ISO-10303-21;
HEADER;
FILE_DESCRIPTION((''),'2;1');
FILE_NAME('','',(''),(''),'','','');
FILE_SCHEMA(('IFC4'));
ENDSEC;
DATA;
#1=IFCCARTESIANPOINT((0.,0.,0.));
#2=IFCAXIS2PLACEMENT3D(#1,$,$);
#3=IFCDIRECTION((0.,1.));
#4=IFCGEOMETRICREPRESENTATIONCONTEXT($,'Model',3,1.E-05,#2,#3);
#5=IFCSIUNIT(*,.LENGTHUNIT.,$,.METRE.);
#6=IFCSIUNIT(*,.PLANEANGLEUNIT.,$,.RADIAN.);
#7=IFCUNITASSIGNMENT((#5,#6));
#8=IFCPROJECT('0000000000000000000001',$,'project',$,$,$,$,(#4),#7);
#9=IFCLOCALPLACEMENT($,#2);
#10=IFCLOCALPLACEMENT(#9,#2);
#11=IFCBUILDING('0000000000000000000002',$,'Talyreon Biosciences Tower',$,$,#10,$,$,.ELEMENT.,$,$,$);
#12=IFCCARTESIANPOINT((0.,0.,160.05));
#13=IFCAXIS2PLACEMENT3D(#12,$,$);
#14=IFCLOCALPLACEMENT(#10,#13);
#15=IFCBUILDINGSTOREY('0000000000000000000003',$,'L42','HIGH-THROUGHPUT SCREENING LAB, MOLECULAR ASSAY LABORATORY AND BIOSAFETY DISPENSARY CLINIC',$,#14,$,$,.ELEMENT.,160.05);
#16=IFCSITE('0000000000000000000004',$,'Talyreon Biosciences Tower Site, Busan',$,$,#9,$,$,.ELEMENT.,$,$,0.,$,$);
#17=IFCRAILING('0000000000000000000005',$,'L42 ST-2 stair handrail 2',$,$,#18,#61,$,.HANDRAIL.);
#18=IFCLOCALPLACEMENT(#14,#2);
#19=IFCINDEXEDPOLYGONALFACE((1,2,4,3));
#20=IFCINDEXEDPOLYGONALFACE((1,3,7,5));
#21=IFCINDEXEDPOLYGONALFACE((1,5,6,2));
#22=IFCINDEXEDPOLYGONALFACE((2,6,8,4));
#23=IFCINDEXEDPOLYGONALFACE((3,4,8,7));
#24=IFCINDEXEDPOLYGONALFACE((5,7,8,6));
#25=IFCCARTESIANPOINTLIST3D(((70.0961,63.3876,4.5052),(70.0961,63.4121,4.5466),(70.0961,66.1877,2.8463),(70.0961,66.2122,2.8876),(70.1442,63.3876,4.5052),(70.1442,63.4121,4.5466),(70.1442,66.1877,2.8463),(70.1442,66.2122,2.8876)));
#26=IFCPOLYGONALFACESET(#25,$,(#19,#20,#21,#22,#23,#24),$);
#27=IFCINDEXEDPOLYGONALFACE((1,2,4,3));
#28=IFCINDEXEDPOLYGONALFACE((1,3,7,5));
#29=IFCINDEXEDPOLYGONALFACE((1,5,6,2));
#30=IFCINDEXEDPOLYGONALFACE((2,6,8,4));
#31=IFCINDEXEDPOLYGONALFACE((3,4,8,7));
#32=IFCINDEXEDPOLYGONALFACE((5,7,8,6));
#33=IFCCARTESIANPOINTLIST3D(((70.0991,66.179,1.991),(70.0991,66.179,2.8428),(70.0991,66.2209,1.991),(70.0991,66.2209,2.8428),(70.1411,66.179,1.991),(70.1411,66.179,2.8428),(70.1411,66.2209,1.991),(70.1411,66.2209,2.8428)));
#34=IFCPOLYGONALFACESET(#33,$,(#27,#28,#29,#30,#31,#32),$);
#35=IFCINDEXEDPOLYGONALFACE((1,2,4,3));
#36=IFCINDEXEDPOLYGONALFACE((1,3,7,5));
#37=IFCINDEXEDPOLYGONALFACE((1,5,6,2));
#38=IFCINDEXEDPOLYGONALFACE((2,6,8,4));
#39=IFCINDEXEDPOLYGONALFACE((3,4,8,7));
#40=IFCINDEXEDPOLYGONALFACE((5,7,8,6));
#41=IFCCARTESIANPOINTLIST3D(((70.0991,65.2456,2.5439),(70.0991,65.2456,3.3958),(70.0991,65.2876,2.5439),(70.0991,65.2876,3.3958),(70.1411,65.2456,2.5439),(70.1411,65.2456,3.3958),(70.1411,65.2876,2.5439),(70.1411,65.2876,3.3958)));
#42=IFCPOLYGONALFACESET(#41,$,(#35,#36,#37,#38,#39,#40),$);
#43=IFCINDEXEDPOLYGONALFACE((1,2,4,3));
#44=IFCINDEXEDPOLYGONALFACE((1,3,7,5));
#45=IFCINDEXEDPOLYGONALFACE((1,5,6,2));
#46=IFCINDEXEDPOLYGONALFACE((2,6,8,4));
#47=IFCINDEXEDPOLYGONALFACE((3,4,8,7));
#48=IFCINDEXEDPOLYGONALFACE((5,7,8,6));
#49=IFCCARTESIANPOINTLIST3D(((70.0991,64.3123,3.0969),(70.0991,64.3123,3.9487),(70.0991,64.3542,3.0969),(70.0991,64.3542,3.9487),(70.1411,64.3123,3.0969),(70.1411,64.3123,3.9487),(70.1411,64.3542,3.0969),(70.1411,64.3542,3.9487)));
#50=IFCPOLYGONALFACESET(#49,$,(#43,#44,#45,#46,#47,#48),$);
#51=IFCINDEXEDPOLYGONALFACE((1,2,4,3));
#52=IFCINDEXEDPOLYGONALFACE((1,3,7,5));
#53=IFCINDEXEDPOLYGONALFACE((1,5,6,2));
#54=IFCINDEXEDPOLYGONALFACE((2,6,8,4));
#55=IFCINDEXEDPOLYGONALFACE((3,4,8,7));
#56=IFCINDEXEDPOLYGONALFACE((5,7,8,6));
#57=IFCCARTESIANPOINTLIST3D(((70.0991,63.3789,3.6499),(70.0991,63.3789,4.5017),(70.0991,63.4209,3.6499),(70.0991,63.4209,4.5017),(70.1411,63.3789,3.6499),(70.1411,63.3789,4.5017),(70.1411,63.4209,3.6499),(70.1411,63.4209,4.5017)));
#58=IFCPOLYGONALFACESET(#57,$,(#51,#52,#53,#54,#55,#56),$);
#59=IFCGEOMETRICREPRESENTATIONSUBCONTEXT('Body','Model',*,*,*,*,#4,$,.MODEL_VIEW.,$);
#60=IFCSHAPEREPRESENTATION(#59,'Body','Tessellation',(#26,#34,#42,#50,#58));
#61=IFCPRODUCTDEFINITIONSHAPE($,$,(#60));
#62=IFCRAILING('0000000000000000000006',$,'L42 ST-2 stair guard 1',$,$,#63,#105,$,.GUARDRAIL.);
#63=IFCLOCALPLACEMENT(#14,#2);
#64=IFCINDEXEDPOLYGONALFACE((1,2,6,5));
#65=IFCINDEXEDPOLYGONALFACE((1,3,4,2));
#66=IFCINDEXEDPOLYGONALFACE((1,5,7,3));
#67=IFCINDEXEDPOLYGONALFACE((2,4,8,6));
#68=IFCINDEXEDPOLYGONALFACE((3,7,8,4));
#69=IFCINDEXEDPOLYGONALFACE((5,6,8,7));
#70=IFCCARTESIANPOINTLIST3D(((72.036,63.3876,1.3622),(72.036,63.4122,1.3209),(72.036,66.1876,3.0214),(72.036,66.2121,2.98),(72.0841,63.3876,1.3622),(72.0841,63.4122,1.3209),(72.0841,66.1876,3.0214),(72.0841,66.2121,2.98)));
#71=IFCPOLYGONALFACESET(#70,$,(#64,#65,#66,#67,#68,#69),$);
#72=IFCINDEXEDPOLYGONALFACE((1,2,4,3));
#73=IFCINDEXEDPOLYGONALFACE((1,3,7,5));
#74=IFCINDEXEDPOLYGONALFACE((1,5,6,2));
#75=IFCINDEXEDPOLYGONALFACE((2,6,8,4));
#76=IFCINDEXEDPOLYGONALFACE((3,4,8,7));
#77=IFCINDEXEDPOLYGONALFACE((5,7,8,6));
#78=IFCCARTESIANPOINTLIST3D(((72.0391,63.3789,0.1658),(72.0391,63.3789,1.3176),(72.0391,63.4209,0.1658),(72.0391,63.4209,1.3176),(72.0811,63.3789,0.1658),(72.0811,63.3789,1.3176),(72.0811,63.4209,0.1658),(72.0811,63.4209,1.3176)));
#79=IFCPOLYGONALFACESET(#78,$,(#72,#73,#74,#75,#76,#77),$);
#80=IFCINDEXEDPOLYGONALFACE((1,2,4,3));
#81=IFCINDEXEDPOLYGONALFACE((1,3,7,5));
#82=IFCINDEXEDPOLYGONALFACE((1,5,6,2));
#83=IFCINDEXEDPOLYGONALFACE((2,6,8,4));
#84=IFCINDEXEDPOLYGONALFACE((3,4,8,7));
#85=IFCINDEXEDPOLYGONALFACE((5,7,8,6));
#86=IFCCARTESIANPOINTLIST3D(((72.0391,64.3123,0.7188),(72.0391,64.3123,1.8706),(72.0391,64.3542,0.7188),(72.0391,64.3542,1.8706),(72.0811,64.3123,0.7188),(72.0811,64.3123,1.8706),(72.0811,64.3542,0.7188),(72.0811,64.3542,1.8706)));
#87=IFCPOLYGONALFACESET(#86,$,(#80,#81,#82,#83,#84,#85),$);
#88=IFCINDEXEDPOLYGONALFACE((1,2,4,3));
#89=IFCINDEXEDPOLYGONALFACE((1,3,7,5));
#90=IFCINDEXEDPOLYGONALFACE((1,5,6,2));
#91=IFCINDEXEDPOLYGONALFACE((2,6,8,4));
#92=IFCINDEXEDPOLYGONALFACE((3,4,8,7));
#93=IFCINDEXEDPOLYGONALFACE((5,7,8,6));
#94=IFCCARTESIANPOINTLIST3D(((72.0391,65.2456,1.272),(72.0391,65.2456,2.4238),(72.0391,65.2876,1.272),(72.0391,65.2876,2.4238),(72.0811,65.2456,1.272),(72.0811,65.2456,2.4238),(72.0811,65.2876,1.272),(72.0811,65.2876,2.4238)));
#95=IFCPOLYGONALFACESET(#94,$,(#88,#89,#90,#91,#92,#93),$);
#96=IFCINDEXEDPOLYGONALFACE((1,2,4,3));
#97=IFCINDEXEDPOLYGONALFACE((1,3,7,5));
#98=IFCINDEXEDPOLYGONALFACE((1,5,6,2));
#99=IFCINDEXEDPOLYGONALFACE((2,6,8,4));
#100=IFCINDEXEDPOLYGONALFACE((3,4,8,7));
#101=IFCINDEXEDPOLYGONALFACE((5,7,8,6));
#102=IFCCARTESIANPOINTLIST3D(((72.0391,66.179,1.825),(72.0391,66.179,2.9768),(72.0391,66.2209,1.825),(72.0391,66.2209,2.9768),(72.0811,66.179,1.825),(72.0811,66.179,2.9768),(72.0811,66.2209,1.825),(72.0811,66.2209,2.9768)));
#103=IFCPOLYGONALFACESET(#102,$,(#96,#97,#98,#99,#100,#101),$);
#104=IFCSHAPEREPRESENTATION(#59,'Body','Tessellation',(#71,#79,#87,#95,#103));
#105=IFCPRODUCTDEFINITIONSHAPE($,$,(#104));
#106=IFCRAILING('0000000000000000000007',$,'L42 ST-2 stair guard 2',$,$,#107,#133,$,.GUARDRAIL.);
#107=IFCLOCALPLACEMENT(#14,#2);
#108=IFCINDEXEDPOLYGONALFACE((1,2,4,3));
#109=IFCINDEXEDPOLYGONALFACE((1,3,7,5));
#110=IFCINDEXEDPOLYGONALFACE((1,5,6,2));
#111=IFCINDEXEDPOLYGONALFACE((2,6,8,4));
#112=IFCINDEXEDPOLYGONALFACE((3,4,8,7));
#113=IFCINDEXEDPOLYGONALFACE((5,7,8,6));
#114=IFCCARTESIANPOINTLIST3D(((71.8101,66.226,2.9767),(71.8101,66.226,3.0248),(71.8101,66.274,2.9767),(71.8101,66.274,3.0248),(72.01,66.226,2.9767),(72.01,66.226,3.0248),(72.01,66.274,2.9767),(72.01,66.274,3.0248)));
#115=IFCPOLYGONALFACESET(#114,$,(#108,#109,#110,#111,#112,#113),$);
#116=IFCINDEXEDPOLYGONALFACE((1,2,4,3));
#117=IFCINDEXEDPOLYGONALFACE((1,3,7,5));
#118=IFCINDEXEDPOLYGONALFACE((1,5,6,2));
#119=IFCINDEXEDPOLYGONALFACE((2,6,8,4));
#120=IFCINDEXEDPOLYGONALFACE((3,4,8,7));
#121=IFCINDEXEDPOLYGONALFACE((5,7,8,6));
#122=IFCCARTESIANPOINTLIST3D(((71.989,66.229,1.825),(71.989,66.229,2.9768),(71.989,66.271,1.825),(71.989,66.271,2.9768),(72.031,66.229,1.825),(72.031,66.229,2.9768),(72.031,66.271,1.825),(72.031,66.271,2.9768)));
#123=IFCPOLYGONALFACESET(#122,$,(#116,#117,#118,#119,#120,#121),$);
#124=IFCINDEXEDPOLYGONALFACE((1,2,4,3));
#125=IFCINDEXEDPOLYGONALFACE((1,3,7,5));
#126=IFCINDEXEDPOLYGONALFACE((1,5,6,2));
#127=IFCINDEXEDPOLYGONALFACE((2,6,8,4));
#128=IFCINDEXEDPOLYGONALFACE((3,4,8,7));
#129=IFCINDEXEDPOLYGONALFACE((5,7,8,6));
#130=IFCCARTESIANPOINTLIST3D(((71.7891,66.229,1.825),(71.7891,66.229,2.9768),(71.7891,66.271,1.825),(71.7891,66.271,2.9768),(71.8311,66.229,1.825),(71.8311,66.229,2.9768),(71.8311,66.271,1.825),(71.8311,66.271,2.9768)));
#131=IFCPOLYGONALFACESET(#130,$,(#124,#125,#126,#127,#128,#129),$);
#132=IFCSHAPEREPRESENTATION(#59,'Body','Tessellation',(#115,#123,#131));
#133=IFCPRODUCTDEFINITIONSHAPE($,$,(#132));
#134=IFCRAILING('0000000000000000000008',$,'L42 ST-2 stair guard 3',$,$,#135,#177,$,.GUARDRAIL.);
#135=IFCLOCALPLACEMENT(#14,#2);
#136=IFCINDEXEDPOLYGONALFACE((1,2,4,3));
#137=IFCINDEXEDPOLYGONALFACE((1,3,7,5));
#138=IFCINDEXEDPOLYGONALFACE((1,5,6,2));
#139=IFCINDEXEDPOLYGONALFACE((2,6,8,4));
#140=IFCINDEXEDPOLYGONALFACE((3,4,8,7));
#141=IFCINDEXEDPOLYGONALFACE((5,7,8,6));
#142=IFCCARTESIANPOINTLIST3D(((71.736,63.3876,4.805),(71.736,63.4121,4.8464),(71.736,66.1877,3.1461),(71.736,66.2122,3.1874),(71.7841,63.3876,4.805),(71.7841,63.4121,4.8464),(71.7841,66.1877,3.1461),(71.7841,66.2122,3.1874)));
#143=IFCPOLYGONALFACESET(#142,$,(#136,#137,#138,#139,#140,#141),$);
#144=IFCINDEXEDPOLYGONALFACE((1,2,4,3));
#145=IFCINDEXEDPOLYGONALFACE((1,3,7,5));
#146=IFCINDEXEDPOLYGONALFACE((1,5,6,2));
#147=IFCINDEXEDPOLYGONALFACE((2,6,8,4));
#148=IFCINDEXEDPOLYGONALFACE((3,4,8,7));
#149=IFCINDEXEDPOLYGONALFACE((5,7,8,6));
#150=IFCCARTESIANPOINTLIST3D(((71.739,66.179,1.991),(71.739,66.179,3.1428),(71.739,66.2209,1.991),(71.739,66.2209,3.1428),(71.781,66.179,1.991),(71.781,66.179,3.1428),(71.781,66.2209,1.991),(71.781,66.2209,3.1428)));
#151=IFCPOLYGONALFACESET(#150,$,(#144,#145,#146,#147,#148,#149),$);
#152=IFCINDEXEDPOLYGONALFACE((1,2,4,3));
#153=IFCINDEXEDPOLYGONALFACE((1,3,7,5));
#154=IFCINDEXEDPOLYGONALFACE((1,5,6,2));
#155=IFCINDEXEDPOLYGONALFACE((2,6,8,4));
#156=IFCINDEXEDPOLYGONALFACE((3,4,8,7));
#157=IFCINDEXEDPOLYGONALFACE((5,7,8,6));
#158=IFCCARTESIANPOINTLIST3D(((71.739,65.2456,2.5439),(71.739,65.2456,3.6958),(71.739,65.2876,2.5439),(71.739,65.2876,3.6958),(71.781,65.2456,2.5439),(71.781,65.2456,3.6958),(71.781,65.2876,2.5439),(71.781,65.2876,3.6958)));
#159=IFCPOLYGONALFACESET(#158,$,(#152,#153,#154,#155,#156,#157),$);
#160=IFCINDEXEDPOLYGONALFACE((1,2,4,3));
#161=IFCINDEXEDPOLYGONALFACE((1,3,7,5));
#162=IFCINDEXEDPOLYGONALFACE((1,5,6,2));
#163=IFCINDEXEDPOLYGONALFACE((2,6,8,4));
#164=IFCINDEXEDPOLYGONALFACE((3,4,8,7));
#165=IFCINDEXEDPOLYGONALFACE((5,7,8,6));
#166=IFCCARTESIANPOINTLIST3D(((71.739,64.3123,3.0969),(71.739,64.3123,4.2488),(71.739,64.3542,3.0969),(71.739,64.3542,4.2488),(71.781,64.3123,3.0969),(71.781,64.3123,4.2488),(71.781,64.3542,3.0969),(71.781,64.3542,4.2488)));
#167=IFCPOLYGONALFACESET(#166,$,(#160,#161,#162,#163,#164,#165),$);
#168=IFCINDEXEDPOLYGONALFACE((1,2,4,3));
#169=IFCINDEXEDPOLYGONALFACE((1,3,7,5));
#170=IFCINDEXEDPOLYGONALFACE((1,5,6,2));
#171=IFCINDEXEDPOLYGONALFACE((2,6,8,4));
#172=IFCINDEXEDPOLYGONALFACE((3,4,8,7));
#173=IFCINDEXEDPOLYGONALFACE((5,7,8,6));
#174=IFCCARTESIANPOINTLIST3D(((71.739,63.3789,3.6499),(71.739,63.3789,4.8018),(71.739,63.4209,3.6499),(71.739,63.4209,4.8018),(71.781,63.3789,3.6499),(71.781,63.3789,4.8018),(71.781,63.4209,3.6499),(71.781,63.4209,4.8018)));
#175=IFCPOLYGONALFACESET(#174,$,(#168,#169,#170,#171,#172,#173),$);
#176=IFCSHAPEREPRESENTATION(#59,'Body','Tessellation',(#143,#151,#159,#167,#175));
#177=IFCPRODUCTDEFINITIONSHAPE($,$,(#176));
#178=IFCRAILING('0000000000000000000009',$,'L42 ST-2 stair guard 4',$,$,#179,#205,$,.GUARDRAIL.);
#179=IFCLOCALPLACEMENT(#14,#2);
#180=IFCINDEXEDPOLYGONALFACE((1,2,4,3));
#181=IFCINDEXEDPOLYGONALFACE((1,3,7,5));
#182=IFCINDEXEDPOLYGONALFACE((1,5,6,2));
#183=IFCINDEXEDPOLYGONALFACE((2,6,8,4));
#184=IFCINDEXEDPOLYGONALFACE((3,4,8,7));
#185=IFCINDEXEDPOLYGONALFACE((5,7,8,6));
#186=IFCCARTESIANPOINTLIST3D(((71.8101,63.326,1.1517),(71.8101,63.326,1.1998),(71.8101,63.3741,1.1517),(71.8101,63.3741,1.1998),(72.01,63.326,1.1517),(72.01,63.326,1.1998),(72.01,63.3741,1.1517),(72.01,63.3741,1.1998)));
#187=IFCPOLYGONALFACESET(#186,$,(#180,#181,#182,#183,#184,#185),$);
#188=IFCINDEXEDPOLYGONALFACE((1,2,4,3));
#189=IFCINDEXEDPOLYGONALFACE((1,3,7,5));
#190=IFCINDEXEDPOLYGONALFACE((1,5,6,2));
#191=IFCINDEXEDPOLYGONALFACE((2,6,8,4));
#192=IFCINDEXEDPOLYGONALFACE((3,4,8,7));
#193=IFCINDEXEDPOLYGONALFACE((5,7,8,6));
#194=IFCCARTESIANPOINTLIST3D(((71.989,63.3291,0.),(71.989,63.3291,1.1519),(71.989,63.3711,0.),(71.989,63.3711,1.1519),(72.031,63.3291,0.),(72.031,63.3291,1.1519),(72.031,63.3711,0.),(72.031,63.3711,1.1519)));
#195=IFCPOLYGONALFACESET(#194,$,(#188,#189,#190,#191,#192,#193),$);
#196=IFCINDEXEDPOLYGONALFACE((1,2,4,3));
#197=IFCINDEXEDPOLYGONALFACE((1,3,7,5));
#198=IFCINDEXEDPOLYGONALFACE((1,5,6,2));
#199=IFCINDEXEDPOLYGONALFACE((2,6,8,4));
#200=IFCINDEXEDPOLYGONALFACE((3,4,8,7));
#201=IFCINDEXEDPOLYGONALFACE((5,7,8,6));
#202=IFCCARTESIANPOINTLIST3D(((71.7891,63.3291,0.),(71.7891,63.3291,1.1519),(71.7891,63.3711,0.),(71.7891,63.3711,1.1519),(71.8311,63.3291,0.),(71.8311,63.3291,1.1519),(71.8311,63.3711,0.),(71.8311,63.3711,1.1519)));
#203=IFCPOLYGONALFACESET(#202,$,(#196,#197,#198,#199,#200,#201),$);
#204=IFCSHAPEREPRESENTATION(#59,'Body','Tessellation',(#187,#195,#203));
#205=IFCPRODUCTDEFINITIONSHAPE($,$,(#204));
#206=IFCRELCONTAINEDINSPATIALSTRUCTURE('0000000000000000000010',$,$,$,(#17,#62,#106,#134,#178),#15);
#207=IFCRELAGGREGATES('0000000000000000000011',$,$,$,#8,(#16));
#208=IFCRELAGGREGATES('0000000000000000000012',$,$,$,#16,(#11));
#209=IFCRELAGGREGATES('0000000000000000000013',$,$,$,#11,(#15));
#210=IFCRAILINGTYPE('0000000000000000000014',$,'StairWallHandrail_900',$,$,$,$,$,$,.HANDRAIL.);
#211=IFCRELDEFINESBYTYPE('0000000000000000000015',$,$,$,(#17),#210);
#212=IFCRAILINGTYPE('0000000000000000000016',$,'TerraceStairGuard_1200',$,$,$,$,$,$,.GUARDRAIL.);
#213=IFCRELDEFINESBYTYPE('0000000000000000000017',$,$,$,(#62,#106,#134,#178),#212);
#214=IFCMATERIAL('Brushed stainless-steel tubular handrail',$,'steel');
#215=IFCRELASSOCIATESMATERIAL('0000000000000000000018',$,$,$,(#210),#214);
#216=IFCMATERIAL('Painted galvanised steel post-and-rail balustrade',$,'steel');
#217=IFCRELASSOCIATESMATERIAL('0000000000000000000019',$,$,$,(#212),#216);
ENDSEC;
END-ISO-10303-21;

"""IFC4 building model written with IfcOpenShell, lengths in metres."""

from ifc_helpers import new_model, si_unit, direction, frame, origin, origin_2d, place, context, subcontext, project, spatial, rectangle, extrude, material, type_object, element, save


model = new_model("IFC4")

# Units and contexts
model_context = context("Model", 3, precision=1e-05, world=origin(), true_north=direction((0.0, 1.0)))
body_context = subcontext(model_context, "Body", "Model", "MODEL_VIEW")
ifc_project = project(units=[si_unit("LENGTHUNIT", "METRE"), si_unit("PLANEANGLEUNIT", "RADIAN")], contexts=[model_context])

# Site, building, storey
site_placement = place(None, origin())
site = spatial("IfcSite", under=ifc_project, at=site_placement, Name="Talyreon Biosciences Tower Site, Busan", CompositionType="ELEMENT", RefElevation=0.0)
building_placement = place(site_placement, origin())
building = spatial("IfcBuilding", under=site, at=building_placement, Name="Talyreon Biosciences Tower", CompositionType="ELEMENT")
storey_placement = place(building_placement, frame((0.0, 0.0, 160.05)))
storey = spatial("IfcBuildingStorey", under=building, at=storey_placement, Name="L42", Description="HIGH-THROUGHPUT SCREENING LAB, MOLECULAR ASSAY LABORATORY AND BIOSAFETY DISPENSARY CLINIC", CompositionType="ELEMENT", Elevation=160.05)

# Railings
ifc_material_1 = material(Name="Brushed stainless-steel tubular handrail", Category="steel")
railing_type_1 = type_object("IfcRailingType", Name="StairWallHandrail_900", PredefinedType="HANDRAIL", material=ifc_material_1)
railing_1_placement = place(storey_placement, frame((70.1201, 66.2, 1.991)))
element("IfcRailing", 1, at=railing_1_placement, inside=storey, type_object=railing_type_1, Name="L42 ST-2 stair handrail 2", PredefinedType="HANDRAIL", context=body_context, shape_type="SweptSolid", body=[
    extrude(rectangle(XDim=0.0481, YDim=0.0481, at=origin_2d()), frame((0.0, 0.0, 0.876), z_axis=(0.0, -0.860339, 0.509722), x_axis=(1.0, 0.0, 0.0)), (0.0, 0.0, 1.0), 3.2546),
    extrude(rectangle(XDim=0.042, YDim=0.042, at=origin_2d()), origin(), (0.0, 0.0, 1.0), 0.8518),
    extrude(rectangle(XDim=0.042, YDim=0.042, at=origin_2d()), frame((0.0, -0.9333, 0.553)), (0.0, 0.0, 1.0), 0.8518),
    extrude(rectangle(XDim=0.042, YDim=0.042, at=origin_2d()), frame((0.0, -1.8667, 1.106)), (0.0, 0.0, 1.0), 0.8518),
    extrude(rectangle(XDim=0.042, YDim=0.042, at=origin_2d()), frame((0.0, -2.8, 1.6589)), (0.0, 0.0, 1.0), 0.8518),
])
ifc_material_2 = material(Name="Painted galvanised steel post-and-rail balustrade", Category="steel")
railing_type_2 = type_object("IfcRailingType", Name="TerraceStairGuard_1200", PredefinedType="GUARDRAIL", material=ifc_material_2)
railing_2_placement = place(storey_placement, frame((72.0601, 63.3999, 0.1658)))
element("IfcRailing", 2, at=railing_2_placement, inside=storey, type_object=railing_type_2, Name="L42 ST-2 stair guard 1", PredefinedType="GUARDRAIL", context=body_context, shape_type="SweptSolid", body=[
    extrude(rectangle(XDim=0.0481, YDim=0.0481, at=origin_2d()), frame((0.0, 0.0, 1.1758), z_axis=(0.0, 0.860306, 0.509778), x_axis=(-1.0, 0.0, 0.0)), (0.0, 0.0, 1.0), 3.2546),
    extrude(rectangle(XDim=0.042, YDim=0.042, at=origin_2d()), origin(), (0.0, 0.0, 1.0), 1.1519),
    extrude(rectangle(XDim=0.042, YDim=0.042, at=origin_2d()), frame((0.0, 0.9333, 0.553)), (0.0, 0.0, 1.0), 1.1519),
    extrude(rectangle(XDim=0.042, YDim=0.042, at=origin_2d()), frame((0.0, 1.8667, 1.1062)), (0.0, 0.0, 1.0), 1.1519),
    extrude(rectangle(XDim=0.042, YDim=0.042, at=origin_2d()), frame((0.0, 2.8, 1.6592)), (0.0, 0.0, 1.0), 1.1519),
])
railing_3_placement = place(storey_placement, frame((72.01, 66.25, 1.825)))
element("IfcRailing", 3, at=railing_3_placement, inside=storey, type_object=railing_type_2, Name="L42 ST-2 stair guard 2", PredefinedType="GUARDRAIL", context=body_context, shape_type="SweptSolid", body=[
    extrude(rectangle(XDim=0.0481, YDim=0.0481, at=origin_2d()), frame((0.0, 0.0, 1.1758), z_axis=(-1.0, 0.0, 0.0), x_axis=(0.0, -1.0, 0.0)), (0.0, 0.0, 1.0), 0.2),
    extrude(rectangle(XDim=0.042, YDim=0.042, at=origin_2d()), origin(), (0.0, 0.0, 1.0), 1.1519),
    extrude(rectangle(XDim=0.042, YDim=0.042, at=origin_2d()), frame((-0.2, 0.0, 0.0)), (0.0, 0.0, 1.0), 1.1519),
])
railing_4_placement = place(storey_placement, frame((71.76, 66.2, 1.991)))
element("IfcRailing", 4, at=railing_4_placement, inside=storey, type_object=railing_type_2, Name="L42 ST-2 stair guard 3", PredefinedType="GUARDRAIL", context=body_context, shape_type="SweptSolid", body=[
    extrude(rectangle(XDim=0.0481, YDim=0.0481, at=origin_2d()), frame((0.0, 0.0, 1.1758), z_axis=(0.0, -0.860339, 0.509722), x_axis=(1.0, 0.0, 0.0)), (0.0, 0.0, 1.0), 3.2546),
    extrude(rectangle(XDim=0.042, YDim=0.042, at=origin_2d()), origin(), (0.0, 0.0, 1.0), 1.1519),
    extrude(rectangle(XDim=0.042, YDim=0.042, at=origin_2d()), frame((0.0, -0.9333, 0.553)), (0.0, 0.0, 1.0), 1.1519),
    extrude(rectangle(XDim=0.042, YDim=0.042, at=origin_2d()), frame((0.0, -1.8667, 1.106)), (0.0, 0.0, 1.0), 1.1519),
    extrude(rectangle(XDim=0.042, YDim=0.042, at=origin_2d()), frame((0.0, -2.8, 1.6589)), (0.0, 0.0, 1.0), 1.1519),
])
railing_5_placement = place(storey_placement, frame((72.01, 63.3501, 0.0)))
element("IfcRailing", 5, at=railing_5_placement, inside=storey, type_object=railing_type_2, Name="L42 ST-2 stair guard 4", PredefinedType="GUARDRAIL", context=body_context, shape_type="SweptSolid", body=[
    extrude(rectangle(XDim=0.0481, YDim=0.0481, at=origin_2d()), frame((0.0, 0.0, 1.1758), z_axis=(-1.0, 0.0, 0.0), x_axis=(0.0, -1.0, 0.0)), (0.0, 0.0, 1.0), 0.2),
    extrude(rectangle(XDim=0.042, YDim=0.042, at=origin_2d()), origin(), (0.0, 0.0, 1.0), 1.1519),
    extrude(rectangle(XDim=0.042, YDim=0.042, at=origin_2d()), frame((-0.2, 0.0, 0.0)), (0.0, 0.0, 1.0), 1.1519),
])

save(model, "model.ifc")
